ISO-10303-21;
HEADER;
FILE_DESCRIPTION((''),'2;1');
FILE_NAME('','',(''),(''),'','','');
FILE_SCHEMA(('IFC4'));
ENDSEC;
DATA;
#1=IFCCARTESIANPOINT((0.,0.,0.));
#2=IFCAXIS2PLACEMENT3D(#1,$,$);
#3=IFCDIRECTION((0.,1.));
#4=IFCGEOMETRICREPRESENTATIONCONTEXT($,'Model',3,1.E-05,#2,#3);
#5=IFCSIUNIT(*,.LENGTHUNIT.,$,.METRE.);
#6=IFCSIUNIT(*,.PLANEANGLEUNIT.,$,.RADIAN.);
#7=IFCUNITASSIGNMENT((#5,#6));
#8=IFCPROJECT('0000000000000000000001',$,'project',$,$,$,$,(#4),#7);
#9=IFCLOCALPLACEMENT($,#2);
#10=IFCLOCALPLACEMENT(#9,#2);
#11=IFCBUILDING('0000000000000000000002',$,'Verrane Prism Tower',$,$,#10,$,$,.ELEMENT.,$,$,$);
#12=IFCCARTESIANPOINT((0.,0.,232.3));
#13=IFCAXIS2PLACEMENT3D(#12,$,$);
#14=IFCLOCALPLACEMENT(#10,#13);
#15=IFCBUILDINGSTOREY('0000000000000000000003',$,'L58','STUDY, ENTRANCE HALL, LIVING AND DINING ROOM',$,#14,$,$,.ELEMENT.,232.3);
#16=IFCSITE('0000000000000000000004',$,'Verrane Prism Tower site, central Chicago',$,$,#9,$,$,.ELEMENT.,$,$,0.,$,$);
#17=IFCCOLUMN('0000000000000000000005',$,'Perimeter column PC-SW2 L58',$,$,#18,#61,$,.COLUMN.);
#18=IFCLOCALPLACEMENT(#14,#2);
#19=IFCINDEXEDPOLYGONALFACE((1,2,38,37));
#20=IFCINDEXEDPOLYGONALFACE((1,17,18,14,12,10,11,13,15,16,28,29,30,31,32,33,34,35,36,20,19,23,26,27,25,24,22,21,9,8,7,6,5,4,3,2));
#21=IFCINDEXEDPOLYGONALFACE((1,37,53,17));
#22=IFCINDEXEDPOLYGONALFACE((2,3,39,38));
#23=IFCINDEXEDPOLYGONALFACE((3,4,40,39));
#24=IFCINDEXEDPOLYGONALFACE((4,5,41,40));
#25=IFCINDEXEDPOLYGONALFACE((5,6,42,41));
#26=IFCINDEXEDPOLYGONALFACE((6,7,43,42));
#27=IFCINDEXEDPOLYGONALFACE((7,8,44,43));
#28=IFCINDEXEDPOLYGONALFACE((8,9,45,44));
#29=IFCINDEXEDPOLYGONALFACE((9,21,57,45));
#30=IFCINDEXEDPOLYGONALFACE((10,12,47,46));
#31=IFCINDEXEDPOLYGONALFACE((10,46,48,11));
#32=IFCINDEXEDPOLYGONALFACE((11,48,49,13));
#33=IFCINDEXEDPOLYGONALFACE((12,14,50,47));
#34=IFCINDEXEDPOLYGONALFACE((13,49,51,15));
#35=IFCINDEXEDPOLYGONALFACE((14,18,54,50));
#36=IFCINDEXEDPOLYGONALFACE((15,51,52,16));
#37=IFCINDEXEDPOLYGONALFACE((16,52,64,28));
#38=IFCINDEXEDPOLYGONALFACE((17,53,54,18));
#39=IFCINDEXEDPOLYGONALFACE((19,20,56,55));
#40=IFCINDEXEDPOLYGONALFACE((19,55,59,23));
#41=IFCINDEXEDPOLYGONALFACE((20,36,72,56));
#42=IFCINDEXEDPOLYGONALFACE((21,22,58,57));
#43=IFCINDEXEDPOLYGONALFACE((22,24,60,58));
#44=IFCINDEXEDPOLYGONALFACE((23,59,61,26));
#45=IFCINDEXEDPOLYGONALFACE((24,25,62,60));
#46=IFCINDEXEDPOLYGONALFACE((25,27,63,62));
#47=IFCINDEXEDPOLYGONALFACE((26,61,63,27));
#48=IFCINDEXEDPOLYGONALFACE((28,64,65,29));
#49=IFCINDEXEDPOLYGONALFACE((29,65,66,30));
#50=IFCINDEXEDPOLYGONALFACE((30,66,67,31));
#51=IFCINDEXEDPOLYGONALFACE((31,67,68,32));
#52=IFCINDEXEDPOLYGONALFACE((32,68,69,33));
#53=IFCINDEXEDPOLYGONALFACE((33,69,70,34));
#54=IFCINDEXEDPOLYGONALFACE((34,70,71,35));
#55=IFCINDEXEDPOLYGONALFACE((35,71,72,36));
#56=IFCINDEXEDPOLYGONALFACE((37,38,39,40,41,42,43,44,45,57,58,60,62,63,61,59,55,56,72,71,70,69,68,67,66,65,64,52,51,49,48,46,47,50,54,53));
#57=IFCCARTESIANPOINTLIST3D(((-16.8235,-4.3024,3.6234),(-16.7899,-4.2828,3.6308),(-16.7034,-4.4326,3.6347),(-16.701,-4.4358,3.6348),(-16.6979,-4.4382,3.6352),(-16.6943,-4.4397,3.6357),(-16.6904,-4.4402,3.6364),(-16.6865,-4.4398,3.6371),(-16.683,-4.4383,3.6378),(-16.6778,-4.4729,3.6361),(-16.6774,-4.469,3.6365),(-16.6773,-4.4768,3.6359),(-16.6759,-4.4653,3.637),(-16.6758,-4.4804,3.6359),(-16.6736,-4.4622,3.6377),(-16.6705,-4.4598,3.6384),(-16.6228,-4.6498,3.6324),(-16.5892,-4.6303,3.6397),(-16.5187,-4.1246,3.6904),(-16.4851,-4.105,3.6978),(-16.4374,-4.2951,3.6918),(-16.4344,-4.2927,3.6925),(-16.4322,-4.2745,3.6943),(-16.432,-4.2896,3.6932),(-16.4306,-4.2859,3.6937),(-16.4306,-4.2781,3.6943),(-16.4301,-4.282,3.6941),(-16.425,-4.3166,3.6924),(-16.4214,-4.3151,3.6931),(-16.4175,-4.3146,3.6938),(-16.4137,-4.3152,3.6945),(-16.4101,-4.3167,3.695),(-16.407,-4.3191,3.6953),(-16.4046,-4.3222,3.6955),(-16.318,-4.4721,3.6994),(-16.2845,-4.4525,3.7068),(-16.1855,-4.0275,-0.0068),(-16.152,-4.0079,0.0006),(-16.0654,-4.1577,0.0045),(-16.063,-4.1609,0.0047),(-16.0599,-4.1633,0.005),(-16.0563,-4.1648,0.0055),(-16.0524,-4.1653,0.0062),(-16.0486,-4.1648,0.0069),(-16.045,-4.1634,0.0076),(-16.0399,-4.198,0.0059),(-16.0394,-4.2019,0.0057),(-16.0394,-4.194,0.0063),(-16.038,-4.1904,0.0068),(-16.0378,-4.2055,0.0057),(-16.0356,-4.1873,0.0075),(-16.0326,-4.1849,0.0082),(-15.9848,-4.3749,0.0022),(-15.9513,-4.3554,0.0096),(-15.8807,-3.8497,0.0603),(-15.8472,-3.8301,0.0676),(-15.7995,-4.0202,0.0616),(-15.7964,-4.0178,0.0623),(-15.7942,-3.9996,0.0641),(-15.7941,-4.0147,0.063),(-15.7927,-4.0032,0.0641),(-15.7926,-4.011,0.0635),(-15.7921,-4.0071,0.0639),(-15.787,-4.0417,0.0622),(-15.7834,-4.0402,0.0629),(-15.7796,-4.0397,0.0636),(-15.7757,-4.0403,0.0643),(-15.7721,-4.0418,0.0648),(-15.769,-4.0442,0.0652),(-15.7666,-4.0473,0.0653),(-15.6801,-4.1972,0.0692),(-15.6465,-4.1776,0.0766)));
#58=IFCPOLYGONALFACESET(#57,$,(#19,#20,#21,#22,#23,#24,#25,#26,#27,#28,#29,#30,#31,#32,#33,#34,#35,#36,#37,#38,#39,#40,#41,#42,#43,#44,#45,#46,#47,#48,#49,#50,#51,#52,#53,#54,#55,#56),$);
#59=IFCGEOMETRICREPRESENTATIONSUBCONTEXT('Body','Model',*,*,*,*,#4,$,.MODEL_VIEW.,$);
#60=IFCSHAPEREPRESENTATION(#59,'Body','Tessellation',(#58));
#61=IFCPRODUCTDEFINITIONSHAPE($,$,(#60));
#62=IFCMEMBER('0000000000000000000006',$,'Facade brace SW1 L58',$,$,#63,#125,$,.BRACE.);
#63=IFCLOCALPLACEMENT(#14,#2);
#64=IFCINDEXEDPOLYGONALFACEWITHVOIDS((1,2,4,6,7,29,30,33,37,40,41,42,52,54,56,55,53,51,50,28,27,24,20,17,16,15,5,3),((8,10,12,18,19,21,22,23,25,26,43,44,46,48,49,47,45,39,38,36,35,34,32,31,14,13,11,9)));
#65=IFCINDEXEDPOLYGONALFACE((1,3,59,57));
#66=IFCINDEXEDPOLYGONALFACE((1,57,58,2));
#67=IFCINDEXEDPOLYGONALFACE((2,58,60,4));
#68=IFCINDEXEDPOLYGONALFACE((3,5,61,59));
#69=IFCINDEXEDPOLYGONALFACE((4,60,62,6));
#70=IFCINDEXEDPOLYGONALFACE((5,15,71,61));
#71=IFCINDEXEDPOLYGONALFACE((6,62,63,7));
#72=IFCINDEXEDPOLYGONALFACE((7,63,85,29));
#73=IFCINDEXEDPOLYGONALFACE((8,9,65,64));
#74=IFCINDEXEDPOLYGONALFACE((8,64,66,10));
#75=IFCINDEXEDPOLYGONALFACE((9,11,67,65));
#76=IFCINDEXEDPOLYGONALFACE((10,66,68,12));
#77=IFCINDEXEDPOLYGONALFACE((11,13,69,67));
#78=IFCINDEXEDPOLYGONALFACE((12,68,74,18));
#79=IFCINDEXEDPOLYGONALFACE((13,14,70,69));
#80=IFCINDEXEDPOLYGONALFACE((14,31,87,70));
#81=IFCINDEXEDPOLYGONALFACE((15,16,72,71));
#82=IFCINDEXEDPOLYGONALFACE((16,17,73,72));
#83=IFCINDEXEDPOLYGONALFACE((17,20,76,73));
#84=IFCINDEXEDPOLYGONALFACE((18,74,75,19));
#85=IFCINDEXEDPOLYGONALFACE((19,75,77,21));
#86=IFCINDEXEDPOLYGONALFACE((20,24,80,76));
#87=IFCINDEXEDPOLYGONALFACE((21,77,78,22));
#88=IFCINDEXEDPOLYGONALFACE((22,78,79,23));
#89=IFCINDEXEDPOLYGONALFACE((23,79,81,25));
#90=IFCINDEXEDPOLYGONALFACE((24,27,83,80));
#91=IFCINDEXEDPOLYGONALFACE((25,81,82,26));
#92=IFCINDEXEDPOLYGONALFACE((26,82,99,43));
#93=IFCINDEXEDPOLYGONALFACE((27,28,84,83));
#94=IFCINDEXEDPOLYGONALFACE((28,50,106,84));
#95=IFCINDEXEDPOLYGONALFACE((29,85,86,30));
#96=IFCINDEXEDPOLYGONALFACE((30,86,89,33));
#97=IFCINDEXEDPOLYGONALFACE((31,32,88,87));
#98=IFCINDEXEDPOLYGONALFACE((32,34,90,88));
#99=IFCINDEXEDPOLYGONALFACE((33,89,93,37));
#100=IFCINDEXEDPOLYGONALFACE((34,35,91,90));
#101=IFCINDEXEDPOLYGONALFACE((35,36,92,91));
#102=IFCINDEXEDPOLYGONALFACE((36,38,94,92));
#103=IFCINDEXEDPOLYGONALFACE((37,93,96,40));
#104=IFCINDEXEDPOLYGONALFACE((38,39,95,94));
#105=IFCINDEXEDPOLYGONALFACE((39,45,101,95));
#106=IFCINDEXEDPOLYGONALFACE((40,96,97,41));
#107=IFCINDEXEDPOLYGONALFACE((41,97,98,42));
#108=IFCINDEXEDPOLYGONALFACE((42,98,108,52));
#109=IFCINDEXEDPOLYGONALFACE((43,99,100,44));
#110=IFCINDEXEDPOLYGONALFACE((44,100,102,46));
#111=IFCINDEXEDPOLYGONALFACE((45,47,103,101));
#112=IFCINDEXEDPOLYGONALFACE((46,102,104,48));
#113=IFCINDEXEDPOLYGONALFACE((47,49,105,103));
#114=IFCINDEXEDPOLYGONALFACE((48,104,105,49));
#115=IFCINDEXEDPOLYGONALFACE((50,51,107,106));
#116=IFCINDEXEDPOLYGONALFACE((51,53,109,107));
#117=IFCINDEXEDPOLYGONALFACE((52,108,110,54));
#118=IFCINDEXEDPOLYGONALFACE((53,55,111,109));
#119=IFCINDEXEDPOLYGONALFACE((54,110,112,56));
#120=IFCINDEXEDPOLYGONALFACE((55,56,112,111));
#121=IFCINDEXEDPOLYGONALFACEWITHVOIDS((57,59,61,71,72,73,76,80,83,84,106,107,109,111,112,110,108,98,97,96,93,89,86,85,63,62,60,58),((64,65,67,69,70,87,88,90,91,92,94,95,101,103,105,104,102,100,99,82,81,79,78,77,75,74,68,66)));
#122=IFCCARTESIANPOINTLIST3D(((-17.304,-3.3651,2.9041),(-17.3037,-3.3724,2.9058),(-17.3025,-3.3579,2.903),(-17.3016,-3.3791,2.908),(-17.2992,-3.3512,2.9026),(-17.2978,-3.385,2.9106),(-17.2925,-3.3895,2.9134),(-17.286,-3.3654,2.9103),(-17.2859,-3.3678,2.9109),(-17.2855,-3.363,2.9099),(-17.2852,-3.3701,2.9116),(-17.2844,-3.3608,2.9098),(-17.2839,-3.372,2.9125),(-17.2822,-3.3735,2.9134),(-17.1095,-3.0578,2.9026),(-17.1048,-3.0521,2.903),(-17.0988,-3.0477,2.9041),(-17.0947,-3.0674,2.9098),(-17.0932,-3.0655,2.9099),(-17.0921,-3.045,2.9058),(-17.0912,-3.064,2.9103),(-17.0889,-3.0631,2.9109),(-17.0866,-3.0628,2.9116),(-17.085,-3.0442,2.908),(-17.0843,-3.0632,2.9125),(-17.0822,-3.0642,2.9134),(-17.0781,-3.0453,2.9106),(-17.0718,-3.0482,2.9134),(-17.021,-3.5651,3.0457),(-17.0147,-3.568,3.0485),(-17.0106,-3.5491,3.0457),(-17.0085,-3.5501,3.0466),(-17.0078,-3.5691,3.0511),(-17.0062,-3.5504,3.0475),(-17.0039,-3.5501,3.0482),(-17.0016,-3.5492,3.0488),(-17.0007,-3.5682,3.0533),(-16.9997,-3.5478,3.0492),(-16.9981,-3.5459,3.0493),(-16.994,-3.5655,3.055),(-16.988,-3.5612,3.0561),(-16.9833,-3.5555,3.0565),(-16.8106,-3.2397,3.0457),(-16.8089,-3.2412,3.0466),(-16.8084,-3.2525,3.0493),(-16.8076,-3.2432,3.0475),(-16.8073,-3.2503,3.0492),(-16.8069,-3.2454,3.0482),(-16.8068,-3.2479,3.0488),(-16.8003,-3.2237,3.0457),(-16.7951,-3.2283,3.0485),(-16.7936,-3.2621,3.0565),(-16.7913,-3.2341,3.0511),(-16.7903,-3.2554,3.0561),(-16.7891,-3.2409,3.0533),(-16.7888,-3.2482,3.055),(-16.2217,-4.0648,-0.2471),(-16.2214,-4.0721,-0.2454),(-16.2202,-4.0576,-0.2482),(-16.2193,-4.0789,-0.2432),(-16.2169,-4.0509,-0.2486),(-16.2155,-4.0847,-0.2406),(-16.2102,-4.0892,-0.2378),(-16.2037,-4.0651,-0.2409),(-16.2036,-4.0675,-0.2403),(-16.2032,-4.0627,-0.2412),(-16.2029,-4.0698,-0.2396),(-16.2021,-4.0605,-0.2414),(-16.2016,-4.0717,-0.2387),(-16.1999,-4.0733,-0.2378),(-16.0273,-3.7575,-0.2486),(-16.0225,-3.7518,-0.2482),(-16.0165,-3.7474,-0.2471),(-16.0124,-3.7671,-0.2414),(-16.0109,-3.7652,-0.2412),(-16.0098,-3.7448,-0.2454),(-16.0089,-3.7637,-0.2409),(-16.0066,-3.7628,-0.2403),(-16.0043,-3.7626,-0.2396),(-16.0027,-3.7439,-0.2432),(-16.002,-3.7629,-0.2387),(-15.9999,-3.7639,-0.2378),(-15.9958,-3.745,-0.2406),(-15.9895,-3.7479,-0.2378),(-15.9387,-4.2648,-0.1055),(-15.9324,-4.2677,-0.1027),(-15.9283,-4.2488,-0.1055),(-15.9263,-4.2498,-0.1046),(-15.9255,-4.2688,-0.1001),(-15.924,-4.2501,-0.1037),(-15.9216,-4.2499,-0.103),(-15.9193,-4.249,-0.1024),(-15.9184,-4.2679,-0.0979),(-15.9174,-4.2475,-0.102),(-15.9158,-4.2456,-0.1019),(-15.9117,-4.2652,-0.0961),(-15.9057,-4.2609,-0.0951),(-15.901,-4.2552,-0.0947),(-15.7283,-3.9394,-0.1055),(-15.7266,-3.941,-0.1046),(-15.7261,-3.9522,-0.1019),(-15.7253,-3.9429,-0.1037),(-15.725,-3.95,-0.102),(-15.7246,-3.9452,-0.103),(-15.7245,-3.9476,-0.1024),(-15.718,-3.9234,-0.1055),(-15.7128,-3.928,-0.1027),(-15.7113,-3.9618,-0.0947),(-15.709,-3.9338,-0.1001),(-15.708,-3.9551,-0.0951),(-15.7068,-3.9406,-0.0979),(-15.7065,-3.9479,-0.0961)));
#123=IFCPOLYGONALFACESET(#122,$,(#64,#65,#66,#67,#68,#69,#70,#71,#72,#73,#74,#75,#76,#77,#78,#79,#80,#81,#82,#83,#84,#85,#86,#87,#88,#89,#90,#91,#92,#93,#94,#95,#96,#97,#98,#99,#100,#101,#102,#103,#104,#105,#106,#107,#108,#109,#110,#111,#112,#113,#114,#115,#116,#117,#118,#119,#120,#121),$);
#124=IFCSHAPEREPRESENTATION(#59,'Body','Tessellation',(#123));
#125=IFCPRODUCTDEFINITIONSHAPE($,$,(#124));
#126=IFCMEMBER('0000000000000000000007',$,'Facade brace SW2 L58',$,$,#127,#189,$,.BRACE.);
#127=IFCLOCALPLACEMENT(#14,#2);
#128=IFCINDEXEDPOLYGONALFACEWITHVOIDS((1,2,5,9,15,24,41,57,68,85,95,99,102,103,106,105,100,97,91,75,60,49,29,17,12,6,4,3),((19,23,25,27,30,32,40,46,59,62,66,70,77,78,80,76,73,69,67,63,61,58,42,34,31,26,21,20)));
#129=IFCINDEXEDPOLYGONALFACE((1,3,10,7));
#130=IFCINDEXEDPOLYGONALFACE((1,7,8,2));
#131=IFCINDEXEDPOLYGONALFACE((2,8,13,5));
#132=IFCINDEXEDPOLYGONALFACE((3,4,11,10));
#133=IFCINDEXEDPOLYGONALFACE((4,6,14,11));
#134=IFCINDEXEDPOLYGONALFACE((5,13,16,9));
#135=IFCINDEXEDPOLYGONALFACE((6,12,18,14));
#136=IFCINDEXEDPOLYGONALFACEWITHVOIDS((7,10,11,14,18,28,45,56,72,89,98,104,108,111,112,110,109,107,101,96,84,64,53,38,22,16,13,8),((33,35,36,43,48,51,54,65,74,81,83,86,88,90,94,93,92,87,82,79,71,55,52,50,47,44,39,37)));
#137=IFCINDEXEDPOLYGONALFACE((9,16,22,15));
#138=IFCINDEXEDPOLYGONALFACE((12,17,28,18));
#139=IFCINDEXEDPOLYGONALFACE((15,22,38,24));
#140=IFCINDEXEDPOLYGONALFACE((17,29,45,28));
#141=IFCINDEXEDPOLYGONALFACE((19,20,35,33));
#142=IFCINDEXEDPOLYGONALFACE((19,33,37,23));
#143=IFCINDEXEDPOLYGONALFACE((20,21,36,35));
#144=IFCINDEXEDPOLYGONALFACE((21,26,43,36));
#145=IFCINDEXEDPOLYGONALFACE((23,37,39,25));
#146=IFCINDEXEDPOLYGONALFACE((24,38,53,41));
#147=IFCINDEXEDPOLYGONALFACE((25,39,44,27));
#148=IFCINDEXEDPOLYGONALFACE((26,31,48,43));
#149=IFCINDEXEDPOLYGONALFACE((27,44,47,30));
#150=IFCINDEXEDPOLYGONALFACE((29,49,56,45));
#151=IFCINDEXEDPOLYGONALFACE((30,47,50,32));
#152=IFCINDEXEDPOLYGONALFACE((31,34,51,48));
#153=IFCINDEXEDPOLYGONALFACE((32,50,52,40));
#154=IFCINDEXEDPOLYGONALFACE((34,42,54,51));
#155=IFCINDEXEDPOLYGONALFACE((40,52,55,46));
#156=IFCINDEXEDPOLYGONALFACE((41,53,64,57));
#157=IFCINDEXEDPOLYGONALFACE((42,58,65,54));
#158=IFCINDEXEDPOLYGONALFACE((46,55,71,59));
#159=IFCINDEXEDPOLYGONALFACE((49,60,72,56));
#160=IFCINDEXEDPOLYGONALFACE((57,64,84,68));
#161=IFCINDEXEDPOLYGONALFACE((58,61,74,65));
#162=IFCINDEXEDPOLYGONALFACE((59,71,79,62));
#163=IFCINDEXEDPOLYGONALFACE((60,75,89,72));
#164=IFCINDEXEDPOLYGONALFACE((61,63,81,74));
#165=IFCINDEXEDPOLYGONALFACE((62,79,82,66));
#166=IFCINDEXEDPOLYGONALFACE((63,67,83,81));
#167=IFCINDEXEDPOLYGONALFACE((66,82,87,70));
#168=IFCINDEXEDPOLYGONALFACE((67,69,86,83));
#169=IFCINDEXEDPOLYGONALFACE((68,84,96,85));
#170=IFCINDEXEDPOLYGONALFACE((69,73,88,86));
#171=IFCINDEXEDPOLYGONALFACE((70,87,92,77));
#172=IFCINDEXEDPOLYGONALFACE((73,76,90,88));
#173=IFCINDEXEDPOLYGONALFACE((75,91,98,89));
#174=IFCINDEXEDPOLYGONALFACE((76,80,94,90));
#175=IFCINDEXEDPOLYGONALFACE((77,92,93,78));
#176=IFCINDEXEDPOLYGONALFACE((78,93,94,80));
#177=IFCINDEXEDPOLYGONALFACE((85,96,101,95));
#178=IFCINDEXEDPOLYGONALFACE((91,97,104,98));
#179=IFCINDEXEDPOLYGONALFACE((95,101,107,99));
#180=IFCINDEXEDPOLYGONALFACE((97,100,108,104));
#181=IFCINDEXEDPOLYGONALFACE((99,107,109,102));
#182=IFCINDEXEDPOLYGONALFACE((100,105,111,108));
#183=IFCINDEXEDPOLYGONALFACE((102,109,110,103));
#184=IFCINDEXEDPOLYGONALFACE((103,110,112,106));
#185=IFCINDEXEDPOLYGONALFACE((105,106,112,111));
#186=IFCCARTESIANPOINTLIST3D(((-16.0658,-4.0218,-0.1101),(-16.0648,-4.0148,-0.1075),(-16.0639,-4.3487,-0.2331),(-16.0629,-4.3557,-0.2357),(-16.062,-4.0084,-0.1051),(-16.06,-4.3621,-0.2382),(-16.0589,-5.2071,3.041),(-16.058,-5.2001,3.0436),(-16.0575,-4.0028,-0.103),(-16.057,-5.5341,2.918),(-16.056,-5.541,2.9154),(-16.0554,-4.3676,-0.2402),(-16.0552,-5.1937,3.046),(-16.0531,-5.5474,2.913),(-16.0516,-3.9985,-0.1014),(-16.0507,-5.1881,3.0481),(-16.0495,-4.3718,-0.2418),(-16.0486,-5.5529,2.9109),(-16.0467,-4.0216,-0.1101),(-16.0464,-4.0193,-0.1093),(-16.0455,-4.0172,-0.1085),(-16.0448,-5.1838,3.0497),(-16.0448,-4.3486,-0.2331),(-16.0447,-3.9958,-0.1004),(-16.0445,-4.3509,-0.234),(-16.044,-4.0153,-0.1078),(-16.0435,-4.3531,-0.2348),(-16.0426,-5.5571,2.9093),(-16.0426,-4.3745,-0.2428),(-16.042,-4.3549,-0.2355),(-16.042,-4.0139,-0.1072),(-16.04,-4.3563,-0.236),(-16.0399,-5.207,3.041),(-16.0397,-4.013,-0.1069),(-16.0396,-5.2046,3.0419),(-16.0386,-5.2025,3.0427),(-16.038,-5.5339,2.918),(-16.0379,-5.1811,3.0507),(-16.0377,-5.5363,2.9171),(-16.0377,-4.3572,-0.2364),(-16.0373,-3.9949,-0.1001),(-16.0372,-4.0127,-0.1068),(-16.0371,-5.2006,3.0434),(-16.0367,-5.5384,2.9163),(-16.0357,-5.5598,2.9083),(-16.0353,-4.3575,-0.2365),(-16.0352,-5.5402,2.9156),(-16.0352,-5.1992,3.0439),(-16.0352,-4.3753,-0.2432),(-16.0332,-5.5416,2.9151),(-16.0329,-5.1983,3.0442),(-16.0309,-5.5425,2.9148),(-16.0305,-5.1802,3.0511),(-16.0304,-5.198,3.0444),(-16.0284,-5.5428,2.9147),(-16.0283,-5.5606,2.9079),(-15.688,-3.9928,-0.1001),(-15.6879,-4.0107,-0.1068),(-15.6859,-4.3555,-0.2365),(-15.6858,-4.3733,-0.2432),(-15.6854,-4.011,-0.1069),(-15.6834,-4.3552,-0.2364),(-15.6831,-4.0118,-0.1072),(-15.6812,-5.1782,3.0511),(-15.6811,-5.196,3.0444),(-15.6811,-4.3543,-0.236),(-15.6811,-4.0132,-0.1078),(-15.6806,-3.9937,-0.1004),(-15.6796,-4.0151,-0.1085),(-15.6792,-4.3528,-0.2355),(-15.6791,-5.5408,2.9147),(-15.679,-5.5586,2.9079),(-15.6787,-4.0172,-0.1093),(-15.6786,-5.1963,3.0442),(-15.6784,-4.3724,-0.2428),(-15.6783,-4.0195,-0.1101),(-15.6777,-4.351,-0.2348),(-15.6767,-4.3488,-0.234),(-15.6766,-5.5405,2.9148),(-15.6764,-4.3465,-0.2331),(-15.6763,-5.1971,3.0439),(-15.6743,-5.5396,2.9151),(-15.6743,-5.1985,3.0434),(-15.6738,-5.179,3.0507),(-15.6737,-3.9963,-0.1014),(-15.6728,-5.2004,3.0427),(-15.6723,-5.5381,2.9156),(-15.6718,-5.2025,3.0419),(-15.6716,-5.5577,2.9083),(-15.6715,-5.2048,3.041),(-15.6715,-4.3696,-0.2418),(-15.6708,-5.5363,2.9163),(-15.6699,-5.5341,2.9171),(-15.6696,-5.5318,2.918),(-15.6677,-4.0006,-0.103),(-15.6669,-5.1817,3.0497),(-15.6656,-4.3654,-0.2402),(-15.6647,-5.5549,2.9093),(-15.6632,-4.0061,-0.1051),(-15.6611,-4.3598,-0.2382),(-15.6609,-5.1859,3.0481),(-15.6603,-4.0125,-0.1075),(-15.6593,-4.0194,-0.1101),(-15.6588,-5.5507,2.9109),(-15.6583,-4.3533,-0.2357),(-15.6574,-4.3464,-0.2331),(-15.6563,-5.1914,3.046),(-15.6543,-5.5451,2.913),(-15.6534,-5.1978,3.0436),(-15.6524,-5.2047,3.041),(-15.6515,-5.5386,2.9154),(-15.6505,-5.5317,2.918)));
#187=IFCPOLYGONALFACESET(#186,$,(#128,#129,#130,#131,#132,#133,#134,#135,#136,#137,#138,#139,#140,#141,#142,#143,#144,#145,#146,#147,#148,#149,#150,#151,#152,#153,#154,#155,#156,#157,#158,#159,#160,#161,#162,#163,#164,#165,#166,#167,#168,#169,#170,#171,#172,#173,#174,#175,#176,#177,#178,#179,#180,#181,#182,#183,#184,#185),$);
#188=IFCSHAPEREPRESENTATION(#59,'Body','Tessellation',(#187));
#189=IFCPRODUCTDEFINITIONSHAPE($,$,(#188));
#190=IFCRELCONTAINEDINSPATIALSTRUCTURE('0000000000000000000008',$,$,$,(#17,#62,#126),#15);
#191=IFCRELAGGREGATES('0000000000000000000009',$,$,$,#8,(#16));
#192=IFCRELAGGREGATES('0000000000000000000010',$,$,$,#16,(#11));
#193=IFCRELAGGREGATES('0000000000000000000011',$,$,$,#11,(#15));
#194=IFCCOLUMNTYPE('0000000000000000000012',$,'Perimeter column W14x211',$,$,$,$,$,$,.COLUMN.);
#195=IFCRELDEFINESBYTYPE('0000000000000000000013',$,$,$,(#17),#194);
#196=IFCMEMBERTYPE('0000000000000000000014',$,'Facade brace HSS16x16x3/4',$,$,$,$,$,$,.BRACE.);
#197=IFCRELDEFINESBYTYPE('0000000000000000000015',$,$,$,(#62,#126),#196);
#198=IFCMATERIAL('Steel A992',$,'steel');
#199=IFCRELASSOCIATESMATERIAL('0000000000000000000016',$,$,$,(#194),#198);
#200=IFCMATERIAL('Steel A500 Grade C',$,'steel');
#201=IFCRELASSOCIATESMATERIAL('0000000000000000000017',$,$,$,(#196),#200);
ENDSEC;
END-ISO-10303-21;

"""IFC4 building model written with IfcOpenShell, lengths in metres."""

from ifc_helpers import new_model, si_unit, direction, frame, origin, origin_2d, place, context, subcontext, project, spatial, hollow_rectangle, i_section, extrude, material, material_profile, profile_set, type_object, element, save


model = new_model("IFC4")

# Units and contexts
model_context = context("Model", 3, precision=1e-05, world=origin(), true_north=direction((0.0, 1.0)))
body_context = subcontext(model_context, "Body", "Model", "MODEL_VIEW")
ifc_project = project(units=[si_unit("LENGTHUNIT", "METRE"), si_unit("PLANEANGLEUNIT", "RADIAN")], contexts=[model_context])

# Site, building, storey
site_placement = place(None, origin())
site = spatial("IfcSite", under=ifc_project, at=site_placement, Name="Verrane Prism Tower site, central Chicago", CompositionType="ELEMENT", RefElevation=0.0)
building_placement = place(site_placement, origin())
building = spatial("IfcBuilding", under=site, at=building_placement, Name="Verrane Prism Tower", CompositionType="ELEMENT")
storey_placement = place(building_placement, frame((0.0, 0.0, 232.3)))
storey = spatial("IfcBuildingStorey", under=building, at=storey_placement, Name="L58", Description="STUDY, ENTRANCE HALL, LIVING AND DINING ROOM", CompositionType="ELEMENT", Elevation=232.3)

# Column
ifc_material_1 = material(Name="Steel A992", Category="steel")
ifc_material_profile_1 = material_profile(ifc_material_1, i_section(OverallWidth=0.4014, OverallDepth=0.3987, WebThickness=0.0249, FlangeThickness=0.0396, FilletRadius=0.0151, at=origin_2d()), Name="W14x211")
ifc_profile_set_1 = profile_set([ifc_material_profile_1], Name="Steel A992")
column_type = type_object("IfcColumnType", Name="Perimeter column W14x211", PredefinedType="COLUMN", material=ifc_profile_set_1)
column_placement = place(storey_placement, frame((-15.916, -4.1025, 0.0349), z_axis=(-0.172603, -0.074378, 0.982179), x_axis=(-0.499987, 0.865746, -0.022304)))
element("IfcColumn", 1, at=column_placement, inside=storey, type_object=column_type, Name="Perimeter column PC-SW2 L58", PredefinedType="COLUMN", context=body_context, shape_type="SweptSolid", body=[
    extrude(i_section(OverallWidth=0.4014, OverallDepth=0.3987, WebThickness=0.0249, FlangeThickness=0.0396, FilletRadius=0.0151, at=origin_2d()), origin(), (0.0, 0.0, 1.0), 3.696),
])

# Members
ifc_material_2 = material(Name="Steel A500 Grade C", Category="steel")
ifc_material_profile_2 = material_profile(ifc_material_2, hollow_rectangle(XDim=0.4065, YDim=0.4065, WallThickness=0.019, InnerFilletRadius=0.0095, OuterFilletRadius=0.0286, at=origin_2d()), Name="HSS16x16x3/4")
ifc_profile_set_2 = profile_set([ifc_material_profile_2], Name="Steel A500 Grade C")
member_type_1 = type_object("IfcMemberType", Name="Facade brace HSS16x16x3/4", PredefinedType="BRACE", material=ifc_profile_set_2)
member_1_placement = place(storey_placement, frame((-15.9641, -4.0063, -0.1716), z_axis=(-0.317897, 0.205525, 0.925581), x_axis=(-0.542929, -0.839778, 0.0)))
element("IfcMember", 2, at=member_1_placement, inside=storey, type_object=member_type_1, Name="Facade brace SW1 L58", PredefinedType="BRACE", context=body_context, shape_type="SweptSolid", body=[
    extrude(hollow_rectangle(XDim=0.4065, YDim=0.4065, WallThickness=0.019, InnerFilletRadius=0.0095, OuterFilletRadius=0.0286, at=origin_2d()), origin(), (0.0, 0.0, 1.0), 3.4045),
])
member_2_placement = place(storey_placement, frame((-15.8616, -4.1841, -0.1716), z_axis=(0.00203, -0.352068, 0.935972), x_axis=(0.999983, 0.005767, 0.0)))
element("IfcMember", 3, at=member_2_placement, inside=storey, type_object=member_type_1, Name="Facade brace SW2 L58", PredefinedType="BRACE", context=body_context, shape_type="SweptSolid", body=[
    extrude(hollow_rectangle(XDim=0.4065, YDim=0.4065, WallThickness=0.019, InnerFilletRadius=0.0095, OuterFilletRadius=0.0286, at=origin_2d()), origin(), (0.0, 0.0, 1.0), 3.3667),
])

save(model, "model.ifc")
